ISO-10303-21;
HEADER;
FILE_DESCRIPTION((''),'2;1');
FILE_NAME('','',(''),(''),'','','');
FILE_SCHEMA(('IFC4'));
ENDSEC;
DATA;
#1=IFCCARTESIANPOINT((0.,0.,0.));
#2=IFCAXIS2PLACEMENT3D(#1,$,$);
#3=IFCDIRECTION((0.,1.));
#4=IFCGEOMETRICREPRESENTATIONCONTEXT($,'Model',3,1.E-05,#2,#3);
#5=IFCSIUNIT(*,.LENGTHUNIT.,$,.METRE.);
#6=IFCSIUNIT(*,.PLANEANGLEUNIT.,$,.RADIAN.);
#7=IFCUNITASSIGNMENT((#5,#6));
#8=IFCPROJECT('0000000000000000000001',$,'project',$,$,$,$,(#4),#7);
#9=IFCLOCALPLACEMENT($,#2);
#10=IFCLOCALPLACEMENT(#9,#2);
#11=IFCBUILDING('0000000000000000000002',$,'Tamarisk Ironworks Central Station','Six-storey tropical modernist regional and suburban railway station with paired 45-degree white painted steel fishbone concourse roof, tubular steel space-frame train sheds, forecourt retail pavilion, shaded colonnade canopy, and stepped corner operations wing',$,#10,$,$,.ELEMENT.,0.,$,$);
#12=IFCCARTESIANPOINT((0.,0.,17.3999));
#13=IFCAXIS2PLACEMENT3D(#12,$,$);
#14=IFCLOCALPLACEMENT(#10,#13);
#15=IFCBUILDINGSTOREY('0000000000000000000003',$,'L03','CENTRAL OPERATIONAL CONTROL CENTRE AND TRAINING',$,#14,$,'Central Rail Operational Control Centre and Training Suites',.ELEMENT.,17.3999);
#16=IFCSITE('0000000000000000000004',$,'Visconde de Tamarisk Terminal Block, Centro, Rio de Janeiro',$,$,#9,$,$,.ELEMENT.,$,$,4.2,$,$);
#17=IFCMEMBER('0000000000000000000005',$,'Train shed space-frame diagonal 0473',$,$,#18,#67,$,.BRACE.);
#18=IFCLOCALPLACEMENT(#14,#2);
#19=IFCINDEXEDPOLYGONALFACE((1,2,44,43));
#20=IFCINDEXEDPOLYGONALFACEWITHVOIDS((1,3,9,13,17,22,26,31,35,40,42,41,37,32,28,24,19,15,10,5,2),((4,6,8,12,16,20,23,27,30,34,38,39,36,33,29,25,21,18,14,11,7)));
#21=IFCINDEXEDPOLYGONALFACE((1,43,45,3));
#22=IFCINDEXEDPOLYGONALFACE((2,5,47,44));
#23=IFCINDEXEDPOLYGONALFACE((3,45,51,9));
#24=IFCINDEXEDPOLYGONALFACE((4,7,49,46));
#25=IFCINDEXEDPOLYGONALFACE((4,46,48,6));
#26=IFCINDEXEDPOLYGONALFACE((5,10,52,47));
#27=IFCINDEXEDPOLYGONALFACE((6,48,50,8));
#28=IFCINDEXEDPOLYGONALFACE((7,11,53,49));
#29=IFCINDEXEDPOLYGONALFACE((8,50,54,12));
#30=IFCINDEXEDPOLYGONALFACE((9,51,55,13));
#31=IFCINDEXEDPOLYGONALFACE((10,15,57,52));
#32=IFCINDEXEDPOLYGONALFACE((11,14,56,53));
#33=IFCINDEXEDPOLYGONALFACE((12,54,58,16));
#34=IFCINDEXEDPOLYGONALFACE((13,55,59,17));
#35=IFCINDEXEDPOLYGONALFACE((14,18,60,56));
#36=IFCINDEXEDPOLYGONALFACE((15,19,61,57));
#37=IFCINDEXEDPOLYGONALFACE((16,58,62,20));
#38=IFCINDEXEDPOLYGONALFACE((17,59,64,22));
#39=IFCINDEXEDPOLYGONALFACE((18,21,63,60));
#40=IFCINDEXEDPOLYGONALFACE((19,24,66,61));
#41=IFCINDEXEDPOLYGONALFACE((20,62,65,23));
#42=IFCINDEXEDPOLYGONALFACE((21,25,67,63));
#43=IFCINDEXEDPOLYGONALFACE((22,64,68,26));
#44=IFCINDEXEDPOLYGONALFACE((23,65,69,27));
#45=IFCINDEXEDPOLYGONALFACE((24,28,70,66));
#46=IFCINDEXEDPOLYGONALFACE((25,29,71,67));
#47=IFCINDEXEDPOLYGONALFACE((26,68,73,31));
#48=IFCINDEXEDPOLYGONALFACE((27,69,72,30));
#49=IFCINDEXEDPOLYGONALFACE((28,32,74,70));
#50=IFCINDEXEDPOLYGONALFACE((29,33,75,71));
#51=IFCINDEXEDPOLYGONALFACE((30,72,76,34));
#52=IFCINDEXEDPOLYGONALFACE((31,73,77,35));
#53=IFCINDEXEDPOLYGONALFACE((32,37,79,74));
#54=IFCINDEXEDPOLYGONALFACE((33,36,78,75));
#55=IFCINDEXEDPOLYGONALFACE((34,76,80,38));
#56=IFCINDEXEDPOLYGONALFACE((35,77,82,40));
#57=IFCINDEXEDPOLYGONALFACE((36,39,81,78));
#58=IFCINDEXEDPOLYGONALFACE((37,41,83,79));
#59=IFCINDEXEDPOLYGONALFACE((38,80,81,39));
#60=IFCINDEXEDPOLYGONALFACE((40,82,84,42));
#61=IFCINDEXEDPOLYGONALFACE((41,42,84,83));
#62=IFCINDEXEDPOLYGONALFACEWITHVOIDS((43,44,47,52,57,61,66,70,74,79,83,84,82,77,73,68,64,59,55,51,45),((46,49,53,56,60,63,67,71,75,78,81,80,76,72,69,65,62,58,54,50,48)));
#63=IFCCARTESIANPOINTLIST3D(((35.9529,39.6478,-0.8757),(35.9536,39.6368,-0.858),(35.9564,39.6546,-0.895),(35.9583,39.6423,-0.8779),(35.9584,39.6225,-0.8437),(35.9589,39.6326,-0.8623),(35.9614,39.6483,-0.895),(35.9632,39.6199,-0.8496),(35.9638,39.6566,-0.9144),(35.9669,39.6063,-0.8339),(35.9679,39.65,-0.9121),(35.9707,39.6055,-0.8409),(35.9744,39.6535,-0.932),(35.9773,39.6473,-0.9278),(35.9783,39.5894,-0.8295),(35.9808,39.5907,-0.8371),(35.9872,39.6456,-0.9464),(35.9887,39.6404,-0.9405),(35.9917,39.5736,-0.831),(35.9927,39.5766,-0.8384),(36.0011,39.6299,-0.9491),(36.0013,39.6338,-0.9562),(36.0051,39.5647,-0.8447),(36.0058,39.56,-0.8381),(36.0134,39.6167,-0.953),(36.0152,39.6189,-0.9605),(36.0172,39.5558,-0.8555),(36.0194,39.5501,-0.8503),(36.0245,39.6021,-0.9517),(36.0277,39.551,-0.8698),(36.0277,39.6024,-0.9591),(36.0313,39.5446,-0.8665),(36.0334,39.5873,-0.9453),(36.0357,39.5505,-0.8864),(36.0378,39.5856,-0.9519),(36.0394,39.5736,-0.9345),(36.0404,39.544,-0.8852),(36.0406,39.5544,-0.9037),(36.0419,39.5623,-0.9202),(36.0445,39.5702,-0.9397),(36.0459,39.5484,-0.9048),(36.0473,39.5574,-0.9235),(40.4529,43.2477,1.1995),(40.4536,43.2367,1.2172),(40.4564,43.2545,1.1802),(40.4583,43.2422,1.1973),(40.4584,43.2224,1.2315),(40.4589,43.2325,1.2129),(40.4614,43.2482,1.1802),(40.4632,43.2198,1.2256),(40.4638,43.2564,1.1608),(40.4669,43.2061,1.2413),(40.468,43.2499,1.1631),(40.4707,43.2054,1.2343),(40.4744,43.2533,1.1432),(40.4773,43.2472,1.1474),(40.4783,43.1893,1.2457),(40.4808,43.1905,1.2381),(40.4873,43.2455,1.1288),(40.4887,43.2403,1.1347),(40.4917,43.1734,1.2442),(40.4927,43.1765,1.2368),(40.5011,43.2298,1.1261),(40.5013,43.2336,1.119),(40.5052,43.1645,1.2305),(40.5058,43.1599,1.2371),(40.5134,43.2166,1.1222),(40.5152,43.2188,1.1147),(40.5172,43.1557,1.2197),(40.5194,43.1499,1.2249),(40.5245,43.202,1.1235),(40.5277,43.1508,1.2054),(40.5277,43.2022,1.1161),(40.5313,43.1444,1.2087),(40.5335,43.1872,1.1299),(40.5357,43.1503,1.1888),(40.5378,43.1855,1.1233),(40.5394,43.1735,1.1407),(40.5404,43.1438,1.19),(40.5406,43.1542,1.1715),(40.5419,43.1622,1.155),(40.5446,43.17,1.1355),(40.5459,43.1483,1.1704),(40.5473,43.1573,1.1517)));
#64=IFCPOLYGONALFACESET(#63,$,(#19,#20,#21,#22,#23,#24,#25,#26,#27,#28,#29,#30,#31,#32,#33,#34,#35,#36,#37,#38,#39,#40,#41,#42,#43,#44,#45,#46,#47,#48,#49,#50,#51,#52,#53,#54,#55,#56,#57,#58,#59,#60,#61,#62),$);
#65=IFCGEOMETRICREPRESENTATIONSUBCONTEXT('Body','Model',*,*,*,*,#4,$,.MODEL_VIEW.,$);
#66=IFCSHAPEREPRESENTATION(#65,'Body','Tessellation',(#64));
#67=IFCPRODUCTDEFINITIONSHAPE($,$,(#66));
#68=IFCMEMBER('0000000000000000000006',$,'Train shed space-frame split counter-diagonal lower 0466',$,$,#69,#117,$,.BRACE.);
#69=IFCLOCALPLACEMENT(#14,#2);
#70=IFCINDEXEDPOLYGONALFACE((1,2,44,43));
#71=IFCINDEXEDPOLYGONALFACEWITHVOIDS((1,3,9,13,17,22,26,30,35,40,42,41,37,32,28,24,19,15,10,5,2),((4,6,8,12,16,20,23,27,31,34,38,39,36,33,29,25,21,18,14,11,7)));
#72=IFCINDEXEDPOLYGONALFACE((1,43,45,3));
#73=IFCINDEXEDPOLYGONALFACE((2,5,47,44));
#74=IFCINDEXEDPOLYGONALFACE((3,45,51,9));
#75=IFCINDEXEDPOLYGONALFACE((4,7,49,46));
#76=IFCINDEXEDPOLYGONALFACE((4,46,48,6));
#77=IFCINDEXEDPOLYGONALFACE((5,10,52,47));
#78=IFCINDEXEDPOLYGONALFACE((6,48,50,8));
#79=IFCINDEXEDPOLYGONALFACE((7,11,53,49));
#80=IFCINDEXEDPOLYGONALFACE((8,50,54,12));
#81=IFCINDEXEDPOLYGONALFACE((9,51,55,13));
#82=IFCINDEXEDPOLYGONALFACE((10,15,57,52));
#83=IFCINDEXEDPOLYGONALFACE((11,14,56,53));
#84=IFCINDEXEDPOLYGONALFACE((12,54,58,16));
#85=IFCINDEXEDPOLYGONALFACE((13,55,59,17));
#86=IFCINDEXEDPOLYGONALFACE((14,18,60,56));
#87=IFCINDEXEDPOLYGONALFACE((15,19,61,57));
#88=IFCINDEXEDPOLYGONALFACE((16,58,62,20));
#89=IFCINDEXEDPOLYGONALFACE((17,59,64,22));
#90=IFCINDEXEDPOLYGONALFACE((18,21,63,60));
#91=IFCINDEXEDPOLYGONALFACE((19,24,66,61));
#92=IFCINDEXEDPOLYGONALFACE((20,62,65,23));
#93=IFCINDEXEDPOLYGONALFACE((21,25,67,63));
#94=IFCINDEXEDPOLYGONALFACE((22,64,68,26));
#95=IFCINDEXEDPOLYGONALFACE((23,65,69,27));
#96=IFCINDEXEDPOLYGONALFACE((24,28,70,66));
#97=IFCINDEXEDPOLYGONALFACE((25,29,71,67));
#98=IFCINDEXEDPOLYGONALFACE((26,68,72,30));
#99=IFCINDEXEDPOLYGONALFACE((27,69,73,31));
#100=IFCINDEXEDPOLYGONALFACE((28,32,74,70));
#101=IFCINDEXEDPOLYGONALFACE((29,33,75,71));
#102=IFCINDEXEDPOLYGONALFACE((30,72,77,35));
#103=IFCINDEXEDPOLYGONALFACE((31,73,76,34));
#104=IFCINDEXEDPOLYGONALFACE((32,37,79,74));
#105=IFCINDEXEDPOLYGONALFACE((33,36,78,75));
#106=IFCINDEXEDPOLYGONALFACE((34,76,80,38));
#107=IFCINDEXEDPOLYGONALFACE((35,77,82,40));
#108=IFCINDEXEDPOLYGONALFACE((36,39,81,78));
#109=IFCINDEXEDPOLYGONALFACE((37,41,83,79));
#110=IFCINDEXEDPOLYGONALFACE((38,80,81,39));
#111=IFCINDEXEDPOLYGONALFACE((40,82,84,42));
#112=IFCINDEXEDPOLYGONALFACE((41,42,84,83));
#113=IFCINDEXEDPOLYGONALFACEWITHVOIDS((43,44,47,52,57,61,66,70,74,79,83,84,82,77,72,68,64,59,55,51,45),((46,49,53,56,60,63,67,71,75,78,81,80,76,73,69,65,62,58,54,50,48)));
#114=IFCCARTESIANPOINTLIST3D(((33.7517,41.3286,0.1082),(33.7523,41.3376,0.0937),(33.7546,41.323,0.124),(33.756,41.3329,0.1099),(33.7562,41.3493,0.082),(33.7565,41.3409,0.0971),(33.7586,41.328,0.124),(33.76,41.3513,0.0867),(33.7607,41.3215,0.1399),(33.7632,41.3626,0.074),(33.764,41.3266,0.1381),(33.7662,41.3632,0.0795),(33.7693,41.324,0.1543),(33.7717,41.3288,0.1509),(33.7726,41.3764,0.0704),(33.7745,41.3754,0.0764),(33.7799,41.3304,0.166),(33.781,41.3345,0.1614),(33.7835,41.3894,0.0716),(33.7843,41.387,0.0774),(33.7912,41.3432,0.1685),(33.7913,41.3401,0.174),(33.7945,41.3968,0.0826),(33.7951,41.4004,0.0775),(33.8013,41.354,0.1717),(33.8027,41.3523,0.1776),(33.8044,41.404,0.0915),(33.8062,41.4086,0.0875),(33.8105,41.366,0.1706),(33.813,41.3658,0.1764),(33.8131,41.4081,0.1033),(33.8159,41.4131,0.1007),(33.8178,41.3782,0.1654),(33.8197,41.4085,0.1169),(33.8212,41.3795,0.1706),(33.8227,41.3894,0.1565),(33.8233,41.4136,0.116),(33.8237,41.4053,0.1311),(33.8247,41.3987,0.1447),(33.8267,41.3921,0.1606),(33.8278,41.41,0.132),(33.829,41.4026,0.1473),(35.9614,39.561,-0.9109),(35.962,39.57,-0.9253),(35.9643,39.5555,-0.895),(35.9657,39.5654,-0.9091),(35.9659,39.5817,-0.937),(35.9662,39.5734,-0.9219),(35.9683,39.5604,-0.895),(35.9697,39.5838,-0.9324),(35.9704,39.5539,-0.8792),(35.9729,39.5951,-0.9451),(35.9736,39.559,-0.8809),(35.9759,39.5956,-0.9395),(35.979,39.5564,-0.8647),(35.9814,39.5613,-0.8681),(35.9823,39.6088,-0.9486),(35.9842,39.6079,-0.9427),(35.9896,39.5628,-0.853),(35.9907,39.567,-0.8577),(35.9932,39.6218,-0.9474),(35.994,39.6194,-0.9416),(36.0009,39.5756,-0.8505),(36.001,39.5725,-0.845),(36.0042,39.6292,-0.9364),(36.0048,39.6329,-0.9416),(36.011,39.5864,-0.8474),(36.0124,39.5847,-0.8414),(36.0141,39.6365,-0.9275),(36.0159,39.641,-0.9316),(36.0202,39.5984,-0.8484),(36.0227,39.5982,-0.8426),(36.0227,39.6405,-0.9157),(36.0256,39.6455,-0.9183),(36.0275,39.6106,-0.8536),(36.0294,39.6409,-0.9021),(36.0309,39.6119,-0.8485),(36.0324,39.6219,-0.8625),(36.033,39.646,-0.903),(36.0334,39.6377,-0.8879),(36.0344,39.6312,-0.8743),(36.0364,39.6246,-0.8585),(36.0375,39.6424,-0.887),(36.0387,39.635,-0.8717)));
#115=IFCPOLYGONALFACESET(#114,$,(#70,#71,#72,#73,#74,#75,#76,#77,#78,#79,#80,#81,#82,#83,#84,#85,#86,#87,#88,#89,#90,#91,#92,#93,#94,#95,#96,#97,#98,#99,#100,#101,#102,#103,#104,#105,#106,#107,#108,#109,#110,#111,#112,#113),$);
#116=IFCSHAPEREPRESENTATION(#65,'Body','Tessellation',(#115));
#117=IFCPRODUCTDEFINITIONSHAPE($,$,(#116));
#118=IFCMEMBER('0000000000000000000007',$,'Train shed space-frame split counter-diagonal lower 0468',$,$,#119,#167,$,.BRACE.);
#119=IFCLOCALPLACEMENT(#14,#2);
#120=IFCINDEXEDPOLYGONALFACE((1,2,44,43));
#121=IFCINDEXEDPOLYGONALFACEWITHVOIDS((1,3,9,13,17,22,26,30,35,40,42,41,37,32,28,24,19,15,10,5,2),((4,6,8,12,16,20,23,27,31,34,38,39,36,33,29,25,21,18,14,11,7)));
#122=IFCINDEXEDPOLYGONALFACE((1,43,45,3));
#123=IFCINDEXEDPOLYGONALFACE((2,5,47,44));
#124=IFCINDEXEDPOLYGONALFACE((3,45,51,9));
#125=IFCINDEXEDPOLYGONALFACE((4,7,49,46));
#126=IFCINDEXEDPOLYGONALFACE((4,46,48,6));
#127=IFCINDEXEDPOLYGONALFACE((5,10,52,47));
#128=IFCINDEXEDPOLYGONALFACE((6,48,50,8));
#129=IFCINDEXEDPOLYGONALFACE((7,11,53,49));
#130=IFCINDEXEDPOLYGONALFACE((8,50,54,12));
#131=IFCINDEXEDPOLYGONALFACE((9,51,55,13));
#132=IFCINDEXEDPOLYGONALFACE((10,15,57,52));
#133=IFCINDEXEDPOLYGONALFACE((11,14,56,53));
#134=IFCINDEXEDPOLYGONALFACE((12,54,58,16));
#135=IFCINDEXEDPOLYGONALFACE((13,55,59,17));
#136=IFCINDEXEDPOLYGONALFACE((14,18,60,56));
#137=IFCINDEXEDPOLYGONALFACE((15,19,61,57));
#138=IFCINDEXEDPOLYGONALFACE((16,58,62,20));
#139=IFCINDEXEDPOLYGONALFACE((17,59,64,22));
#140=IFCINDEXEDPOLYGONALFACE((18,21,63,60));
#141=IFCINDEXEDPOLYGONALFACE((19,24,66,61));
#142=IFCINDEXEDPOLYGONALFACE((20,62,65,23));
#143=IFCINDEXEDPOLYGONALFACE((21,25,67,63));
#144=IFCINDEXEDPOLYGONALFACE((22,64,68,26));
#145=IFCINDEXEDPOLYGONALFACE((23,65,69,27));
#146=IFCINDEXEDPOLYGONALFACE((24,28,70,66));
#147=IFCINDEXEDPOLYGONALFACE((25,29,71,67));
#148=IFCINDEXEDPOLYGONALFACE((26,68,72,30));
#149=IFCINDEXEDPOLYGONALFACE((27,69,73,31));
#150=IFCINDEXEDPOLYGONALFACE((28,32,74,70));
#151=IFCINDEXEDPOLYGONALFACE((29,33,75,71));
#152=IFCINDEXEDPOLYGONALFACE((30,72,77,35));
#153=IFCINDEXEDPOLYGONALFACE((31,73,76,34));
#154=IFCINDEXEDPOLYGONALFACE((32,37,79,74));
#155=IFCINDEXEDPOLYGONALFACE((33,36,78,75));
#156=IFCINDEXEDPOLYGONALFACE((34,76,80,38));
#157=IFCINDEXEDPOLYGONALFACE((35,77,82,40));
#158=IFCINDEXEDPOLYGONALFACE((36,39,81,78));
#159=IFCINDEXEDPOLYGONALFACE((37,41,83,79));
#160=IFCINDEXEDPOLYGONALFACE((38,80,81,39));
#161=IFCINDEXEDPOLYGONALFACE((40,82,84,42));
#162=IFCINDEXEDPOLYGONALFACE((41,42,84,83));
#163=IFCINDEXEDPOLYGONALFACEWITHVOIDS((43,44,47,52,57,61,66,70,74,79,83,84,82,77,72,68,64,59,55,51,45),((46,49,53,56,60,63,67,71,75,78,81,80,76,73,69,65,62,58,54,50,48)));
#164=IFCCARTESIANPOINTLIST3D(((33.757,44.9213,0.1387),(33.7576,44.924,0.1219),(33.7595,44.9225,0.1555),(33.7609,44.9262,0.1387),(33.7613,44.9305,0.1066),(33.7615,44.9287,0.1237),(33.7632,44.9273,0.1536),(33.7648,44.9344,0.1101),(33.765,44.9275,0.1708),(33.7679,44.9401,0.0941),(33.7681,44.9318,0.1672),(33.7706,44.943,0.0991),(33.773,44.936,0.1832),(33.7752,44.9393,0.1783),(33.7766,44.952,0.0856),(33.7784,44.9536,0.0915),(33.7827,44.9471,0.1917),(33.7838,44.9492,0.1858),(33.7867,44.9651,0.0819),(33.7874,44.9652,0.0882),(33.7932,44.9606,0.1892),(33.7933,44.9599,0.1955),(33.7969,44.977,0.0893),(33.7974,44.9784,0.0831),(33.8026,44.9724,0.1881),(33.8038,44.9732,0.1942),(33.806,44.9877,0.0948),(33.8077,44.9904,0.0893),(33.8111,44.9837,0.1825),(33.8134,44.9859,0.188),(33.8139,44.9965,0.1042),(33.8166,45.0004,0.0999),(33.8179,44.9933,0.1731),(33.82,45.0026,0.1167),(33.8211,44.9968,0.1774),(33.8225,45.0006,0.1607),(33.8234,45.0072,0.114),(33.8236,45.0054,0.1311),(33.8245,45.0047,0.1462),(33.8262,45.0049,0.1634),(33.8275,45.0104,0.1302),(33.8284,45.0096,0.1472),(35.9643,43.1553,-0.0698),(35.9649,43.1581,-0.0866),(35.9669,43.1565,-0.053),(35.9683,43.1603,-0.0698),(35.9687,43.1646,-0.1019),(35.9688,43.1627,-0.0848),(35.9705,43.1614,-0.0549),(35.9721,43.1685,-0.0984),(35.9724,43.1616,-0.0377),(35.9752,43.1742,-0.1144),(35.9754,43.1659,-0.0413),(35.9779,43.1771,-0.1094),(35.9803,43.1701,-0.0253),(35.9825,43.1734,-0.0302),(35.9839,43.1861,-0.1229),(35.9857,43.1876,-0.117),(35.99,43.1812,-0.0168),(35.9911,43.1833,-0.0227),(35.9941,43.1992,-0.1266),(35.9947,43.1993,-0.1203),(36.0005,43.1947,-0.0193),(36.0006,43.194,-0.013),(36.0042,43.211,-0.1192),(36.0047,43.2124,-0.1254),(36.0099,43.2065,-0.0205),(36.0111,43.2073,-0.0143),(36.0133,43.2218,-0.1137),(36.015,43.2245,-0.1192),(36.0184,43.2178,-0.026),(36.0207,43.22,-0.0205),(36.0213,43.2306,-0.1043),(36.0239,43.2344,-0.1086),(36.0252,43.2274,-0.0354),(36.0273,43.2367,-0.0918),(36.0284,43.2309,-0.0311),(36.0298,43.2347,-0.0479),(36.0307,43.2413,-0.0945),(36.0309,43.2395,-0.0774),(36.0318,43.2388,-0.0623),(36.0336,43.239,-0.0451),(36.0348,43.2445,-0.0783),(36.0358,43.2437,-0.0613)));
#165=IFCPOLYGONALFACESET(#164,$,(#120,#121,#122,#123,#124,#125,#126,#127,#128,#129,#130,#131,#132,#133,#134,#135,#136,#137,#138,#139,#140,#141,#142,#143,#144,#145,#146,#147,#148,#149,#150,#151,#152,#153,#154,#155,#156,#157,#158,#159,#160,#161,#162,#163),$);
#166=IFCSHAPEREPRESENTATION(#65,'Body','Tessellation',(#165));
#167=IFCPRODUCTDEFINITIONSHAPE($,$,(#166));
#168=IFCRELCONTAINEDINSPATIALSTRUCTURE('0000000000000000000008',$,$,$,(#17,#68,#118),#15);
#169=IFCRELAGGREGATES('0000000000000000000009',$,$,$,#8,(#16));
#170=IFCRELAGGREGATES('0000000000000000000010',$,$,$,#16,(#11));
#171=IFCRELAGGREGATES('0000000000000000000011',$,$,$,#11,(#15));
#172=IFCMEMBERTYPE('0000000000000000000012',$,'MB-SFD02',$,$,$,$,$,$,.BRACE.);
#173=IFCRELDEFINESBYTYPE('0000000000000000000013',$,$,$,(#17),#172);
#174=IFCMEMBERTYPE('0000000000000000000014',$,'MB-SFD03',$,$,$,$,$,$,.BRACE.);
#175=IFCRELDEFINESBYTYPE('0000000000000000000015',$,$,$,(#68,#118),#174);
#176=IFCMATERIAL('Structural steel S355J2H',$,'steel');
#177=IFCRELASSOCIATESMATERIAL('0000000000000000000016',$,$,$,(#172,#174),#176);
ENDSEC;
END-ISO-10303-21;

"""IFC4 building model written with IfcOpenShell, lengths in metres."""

from ifc_helpers import new_model, si_unit, direction, frame, origin, origin_2d, place, context, subcontext, project, spatial, hollow_circle, extrude, material, material_profile, profile_set, type_object, element, save


model = new_model("IFC4")

# Units and contexts
model_context = context("Model", 3, precision=1e-05, world=origin(), true_north=direction((0.0, 1.0)))
body_context = subcontext(model_context, "Body", "Model", "MODEL_VIEW")
ifc_project = project(units=[si_unit("LENGTHUNIT", "METRE"), si_unit("PLANEANGLEUNIT", "RADIAN")], contexts=[model_context])

# Site, building, storey
site_placement = place(None, origin())
site = spatial("IfcSite", under=ifc_project, at=site_placement, Name="Visconde de Tamarisk Terminal Block, Centro, Rio de Janeiro", CompositionType="ELEMENT", RefElevation=4.2)
building_placement = place(site_placement, origin())
building = spatial("IfcBuilding", under=site, at=building_placement, Name="Tamarisk Ironworks Central Station", Description="Six-storey tropical modernist regional and suburban railway station with paired 45-degree white painted steel fishbone concourse roof, tubular steel space-frame train sheds, forecourt retail pavilion, shaded colonnade canopy, and stepped corner operations wing", CompositionType="ELEMENT", ElevationOfRefHeight=0.0)
storey_placement = place(building_placement, frame((0.0, 0.0, 17.3999)))
storey = spatial("IfcBuildingStorey", under=building, at=storey_placement, Name="L03", Description="CENTRAL OPERATIONAL CONTROL CENTRE AND TRAINING", LongName="Central Rail Operational Control Centre and Training Suites", CompositionType="ELEMENT", Elevation=17.3999)

# Members
ifc_material = material(Name="Structural steel S355J2H", Category="steel")
ifc_material_profile_1 = material_profile(ifc_material, hollow_circle(Radius=0.0698, WallThickness=0.0081, at=origin_2d()), Name="CHS 139.7x8")
ifc_profile_set_1 = profile_set([ifc_material_profile_1], Name="Structural steel S355J2H")
member_type_1 = type_object("IfcMemberType", Name="MB-SFD02", PredefinedType="BRACE", material=ifc_profile_set_1)
member_1_placement = place(storey_placement, frame((36.0, 39.6001, -0.895), z_axis=(0.734696, 0.587733, 0.338809), x_axis=(-0.62468, 0.780881, 0.0)))
element("IfcMember", 1, at=member_1_placement, inside=storey, type_object=member_type_1, Name="Train shed space-frame diagonal 0473", PredefinedType="BRACE", context=body_context, shape_type="SweptSolid", body=[
    extrude(hollow_circle(Radius=0.0698, WallThickness=0.0081, at=origin_2d()), origin(), (0.0, 0.0, 1.0), 6.125),
])
ifc_material_profile_2 = material_profile(ifc_material, hollow_circle(Radius=0.0571, WallThickness=0.0063, at=origin_2d()), Name="CHS 114.3x6.3")
ifc_profile_set_2 = profile_set([ifc_material_profile_2], Name="Structural steel S355J2H")
member_type_2 = type_object("IfcMemberType", Name="MB-SFD03", PredefinedType="BRACE", material=ifc_profile_set_2)
member_2_placement = place(storey_placement, frame((36.0, 39.6001, -0.895), z_axis=(-0.734712, 0.587705, 0.338823), x_axis=(-0.624653, -0.780902, 0.0)))
element("IfcMember", 2, at=member_2_placement, inside=storey, type_object=member_type_2, Name="Train shed space-frame split counter-diagonal lower 0466", PredefinedType="BRACE", context=body_context, shape_type="SweptSolid", body=[
    extrude(hollow_circle(Radius=0.0571, WallThickness=0.0063, at=origin_2d()), origin(), (0.0, 0.0, 1.0), 3.0076),
])
member_3_placement = place(storey_placement, frame((36.0, 43.2, -0.0698), z_axis=(-0.778745, 0.623013, 0.073559), x_axis=(-0.624706, -0.78086, 0.0)))
element("IfcMember", 3, at=member_3_placement, inside=storey, type_object=member_type_2, Name="Train shed space-frame split counter-diagonal lower 0468", PredefinedType="BRACE", context=body_context, shape_type="SweptSolid", body=[
    extrude(hollow_circle(Radius=0.0571, WallThickness=0.0063, at=origin_2d()), origin(), (0.0, 0.0, 1.0), 2.8345),
])

save(model, "model.ifc")
